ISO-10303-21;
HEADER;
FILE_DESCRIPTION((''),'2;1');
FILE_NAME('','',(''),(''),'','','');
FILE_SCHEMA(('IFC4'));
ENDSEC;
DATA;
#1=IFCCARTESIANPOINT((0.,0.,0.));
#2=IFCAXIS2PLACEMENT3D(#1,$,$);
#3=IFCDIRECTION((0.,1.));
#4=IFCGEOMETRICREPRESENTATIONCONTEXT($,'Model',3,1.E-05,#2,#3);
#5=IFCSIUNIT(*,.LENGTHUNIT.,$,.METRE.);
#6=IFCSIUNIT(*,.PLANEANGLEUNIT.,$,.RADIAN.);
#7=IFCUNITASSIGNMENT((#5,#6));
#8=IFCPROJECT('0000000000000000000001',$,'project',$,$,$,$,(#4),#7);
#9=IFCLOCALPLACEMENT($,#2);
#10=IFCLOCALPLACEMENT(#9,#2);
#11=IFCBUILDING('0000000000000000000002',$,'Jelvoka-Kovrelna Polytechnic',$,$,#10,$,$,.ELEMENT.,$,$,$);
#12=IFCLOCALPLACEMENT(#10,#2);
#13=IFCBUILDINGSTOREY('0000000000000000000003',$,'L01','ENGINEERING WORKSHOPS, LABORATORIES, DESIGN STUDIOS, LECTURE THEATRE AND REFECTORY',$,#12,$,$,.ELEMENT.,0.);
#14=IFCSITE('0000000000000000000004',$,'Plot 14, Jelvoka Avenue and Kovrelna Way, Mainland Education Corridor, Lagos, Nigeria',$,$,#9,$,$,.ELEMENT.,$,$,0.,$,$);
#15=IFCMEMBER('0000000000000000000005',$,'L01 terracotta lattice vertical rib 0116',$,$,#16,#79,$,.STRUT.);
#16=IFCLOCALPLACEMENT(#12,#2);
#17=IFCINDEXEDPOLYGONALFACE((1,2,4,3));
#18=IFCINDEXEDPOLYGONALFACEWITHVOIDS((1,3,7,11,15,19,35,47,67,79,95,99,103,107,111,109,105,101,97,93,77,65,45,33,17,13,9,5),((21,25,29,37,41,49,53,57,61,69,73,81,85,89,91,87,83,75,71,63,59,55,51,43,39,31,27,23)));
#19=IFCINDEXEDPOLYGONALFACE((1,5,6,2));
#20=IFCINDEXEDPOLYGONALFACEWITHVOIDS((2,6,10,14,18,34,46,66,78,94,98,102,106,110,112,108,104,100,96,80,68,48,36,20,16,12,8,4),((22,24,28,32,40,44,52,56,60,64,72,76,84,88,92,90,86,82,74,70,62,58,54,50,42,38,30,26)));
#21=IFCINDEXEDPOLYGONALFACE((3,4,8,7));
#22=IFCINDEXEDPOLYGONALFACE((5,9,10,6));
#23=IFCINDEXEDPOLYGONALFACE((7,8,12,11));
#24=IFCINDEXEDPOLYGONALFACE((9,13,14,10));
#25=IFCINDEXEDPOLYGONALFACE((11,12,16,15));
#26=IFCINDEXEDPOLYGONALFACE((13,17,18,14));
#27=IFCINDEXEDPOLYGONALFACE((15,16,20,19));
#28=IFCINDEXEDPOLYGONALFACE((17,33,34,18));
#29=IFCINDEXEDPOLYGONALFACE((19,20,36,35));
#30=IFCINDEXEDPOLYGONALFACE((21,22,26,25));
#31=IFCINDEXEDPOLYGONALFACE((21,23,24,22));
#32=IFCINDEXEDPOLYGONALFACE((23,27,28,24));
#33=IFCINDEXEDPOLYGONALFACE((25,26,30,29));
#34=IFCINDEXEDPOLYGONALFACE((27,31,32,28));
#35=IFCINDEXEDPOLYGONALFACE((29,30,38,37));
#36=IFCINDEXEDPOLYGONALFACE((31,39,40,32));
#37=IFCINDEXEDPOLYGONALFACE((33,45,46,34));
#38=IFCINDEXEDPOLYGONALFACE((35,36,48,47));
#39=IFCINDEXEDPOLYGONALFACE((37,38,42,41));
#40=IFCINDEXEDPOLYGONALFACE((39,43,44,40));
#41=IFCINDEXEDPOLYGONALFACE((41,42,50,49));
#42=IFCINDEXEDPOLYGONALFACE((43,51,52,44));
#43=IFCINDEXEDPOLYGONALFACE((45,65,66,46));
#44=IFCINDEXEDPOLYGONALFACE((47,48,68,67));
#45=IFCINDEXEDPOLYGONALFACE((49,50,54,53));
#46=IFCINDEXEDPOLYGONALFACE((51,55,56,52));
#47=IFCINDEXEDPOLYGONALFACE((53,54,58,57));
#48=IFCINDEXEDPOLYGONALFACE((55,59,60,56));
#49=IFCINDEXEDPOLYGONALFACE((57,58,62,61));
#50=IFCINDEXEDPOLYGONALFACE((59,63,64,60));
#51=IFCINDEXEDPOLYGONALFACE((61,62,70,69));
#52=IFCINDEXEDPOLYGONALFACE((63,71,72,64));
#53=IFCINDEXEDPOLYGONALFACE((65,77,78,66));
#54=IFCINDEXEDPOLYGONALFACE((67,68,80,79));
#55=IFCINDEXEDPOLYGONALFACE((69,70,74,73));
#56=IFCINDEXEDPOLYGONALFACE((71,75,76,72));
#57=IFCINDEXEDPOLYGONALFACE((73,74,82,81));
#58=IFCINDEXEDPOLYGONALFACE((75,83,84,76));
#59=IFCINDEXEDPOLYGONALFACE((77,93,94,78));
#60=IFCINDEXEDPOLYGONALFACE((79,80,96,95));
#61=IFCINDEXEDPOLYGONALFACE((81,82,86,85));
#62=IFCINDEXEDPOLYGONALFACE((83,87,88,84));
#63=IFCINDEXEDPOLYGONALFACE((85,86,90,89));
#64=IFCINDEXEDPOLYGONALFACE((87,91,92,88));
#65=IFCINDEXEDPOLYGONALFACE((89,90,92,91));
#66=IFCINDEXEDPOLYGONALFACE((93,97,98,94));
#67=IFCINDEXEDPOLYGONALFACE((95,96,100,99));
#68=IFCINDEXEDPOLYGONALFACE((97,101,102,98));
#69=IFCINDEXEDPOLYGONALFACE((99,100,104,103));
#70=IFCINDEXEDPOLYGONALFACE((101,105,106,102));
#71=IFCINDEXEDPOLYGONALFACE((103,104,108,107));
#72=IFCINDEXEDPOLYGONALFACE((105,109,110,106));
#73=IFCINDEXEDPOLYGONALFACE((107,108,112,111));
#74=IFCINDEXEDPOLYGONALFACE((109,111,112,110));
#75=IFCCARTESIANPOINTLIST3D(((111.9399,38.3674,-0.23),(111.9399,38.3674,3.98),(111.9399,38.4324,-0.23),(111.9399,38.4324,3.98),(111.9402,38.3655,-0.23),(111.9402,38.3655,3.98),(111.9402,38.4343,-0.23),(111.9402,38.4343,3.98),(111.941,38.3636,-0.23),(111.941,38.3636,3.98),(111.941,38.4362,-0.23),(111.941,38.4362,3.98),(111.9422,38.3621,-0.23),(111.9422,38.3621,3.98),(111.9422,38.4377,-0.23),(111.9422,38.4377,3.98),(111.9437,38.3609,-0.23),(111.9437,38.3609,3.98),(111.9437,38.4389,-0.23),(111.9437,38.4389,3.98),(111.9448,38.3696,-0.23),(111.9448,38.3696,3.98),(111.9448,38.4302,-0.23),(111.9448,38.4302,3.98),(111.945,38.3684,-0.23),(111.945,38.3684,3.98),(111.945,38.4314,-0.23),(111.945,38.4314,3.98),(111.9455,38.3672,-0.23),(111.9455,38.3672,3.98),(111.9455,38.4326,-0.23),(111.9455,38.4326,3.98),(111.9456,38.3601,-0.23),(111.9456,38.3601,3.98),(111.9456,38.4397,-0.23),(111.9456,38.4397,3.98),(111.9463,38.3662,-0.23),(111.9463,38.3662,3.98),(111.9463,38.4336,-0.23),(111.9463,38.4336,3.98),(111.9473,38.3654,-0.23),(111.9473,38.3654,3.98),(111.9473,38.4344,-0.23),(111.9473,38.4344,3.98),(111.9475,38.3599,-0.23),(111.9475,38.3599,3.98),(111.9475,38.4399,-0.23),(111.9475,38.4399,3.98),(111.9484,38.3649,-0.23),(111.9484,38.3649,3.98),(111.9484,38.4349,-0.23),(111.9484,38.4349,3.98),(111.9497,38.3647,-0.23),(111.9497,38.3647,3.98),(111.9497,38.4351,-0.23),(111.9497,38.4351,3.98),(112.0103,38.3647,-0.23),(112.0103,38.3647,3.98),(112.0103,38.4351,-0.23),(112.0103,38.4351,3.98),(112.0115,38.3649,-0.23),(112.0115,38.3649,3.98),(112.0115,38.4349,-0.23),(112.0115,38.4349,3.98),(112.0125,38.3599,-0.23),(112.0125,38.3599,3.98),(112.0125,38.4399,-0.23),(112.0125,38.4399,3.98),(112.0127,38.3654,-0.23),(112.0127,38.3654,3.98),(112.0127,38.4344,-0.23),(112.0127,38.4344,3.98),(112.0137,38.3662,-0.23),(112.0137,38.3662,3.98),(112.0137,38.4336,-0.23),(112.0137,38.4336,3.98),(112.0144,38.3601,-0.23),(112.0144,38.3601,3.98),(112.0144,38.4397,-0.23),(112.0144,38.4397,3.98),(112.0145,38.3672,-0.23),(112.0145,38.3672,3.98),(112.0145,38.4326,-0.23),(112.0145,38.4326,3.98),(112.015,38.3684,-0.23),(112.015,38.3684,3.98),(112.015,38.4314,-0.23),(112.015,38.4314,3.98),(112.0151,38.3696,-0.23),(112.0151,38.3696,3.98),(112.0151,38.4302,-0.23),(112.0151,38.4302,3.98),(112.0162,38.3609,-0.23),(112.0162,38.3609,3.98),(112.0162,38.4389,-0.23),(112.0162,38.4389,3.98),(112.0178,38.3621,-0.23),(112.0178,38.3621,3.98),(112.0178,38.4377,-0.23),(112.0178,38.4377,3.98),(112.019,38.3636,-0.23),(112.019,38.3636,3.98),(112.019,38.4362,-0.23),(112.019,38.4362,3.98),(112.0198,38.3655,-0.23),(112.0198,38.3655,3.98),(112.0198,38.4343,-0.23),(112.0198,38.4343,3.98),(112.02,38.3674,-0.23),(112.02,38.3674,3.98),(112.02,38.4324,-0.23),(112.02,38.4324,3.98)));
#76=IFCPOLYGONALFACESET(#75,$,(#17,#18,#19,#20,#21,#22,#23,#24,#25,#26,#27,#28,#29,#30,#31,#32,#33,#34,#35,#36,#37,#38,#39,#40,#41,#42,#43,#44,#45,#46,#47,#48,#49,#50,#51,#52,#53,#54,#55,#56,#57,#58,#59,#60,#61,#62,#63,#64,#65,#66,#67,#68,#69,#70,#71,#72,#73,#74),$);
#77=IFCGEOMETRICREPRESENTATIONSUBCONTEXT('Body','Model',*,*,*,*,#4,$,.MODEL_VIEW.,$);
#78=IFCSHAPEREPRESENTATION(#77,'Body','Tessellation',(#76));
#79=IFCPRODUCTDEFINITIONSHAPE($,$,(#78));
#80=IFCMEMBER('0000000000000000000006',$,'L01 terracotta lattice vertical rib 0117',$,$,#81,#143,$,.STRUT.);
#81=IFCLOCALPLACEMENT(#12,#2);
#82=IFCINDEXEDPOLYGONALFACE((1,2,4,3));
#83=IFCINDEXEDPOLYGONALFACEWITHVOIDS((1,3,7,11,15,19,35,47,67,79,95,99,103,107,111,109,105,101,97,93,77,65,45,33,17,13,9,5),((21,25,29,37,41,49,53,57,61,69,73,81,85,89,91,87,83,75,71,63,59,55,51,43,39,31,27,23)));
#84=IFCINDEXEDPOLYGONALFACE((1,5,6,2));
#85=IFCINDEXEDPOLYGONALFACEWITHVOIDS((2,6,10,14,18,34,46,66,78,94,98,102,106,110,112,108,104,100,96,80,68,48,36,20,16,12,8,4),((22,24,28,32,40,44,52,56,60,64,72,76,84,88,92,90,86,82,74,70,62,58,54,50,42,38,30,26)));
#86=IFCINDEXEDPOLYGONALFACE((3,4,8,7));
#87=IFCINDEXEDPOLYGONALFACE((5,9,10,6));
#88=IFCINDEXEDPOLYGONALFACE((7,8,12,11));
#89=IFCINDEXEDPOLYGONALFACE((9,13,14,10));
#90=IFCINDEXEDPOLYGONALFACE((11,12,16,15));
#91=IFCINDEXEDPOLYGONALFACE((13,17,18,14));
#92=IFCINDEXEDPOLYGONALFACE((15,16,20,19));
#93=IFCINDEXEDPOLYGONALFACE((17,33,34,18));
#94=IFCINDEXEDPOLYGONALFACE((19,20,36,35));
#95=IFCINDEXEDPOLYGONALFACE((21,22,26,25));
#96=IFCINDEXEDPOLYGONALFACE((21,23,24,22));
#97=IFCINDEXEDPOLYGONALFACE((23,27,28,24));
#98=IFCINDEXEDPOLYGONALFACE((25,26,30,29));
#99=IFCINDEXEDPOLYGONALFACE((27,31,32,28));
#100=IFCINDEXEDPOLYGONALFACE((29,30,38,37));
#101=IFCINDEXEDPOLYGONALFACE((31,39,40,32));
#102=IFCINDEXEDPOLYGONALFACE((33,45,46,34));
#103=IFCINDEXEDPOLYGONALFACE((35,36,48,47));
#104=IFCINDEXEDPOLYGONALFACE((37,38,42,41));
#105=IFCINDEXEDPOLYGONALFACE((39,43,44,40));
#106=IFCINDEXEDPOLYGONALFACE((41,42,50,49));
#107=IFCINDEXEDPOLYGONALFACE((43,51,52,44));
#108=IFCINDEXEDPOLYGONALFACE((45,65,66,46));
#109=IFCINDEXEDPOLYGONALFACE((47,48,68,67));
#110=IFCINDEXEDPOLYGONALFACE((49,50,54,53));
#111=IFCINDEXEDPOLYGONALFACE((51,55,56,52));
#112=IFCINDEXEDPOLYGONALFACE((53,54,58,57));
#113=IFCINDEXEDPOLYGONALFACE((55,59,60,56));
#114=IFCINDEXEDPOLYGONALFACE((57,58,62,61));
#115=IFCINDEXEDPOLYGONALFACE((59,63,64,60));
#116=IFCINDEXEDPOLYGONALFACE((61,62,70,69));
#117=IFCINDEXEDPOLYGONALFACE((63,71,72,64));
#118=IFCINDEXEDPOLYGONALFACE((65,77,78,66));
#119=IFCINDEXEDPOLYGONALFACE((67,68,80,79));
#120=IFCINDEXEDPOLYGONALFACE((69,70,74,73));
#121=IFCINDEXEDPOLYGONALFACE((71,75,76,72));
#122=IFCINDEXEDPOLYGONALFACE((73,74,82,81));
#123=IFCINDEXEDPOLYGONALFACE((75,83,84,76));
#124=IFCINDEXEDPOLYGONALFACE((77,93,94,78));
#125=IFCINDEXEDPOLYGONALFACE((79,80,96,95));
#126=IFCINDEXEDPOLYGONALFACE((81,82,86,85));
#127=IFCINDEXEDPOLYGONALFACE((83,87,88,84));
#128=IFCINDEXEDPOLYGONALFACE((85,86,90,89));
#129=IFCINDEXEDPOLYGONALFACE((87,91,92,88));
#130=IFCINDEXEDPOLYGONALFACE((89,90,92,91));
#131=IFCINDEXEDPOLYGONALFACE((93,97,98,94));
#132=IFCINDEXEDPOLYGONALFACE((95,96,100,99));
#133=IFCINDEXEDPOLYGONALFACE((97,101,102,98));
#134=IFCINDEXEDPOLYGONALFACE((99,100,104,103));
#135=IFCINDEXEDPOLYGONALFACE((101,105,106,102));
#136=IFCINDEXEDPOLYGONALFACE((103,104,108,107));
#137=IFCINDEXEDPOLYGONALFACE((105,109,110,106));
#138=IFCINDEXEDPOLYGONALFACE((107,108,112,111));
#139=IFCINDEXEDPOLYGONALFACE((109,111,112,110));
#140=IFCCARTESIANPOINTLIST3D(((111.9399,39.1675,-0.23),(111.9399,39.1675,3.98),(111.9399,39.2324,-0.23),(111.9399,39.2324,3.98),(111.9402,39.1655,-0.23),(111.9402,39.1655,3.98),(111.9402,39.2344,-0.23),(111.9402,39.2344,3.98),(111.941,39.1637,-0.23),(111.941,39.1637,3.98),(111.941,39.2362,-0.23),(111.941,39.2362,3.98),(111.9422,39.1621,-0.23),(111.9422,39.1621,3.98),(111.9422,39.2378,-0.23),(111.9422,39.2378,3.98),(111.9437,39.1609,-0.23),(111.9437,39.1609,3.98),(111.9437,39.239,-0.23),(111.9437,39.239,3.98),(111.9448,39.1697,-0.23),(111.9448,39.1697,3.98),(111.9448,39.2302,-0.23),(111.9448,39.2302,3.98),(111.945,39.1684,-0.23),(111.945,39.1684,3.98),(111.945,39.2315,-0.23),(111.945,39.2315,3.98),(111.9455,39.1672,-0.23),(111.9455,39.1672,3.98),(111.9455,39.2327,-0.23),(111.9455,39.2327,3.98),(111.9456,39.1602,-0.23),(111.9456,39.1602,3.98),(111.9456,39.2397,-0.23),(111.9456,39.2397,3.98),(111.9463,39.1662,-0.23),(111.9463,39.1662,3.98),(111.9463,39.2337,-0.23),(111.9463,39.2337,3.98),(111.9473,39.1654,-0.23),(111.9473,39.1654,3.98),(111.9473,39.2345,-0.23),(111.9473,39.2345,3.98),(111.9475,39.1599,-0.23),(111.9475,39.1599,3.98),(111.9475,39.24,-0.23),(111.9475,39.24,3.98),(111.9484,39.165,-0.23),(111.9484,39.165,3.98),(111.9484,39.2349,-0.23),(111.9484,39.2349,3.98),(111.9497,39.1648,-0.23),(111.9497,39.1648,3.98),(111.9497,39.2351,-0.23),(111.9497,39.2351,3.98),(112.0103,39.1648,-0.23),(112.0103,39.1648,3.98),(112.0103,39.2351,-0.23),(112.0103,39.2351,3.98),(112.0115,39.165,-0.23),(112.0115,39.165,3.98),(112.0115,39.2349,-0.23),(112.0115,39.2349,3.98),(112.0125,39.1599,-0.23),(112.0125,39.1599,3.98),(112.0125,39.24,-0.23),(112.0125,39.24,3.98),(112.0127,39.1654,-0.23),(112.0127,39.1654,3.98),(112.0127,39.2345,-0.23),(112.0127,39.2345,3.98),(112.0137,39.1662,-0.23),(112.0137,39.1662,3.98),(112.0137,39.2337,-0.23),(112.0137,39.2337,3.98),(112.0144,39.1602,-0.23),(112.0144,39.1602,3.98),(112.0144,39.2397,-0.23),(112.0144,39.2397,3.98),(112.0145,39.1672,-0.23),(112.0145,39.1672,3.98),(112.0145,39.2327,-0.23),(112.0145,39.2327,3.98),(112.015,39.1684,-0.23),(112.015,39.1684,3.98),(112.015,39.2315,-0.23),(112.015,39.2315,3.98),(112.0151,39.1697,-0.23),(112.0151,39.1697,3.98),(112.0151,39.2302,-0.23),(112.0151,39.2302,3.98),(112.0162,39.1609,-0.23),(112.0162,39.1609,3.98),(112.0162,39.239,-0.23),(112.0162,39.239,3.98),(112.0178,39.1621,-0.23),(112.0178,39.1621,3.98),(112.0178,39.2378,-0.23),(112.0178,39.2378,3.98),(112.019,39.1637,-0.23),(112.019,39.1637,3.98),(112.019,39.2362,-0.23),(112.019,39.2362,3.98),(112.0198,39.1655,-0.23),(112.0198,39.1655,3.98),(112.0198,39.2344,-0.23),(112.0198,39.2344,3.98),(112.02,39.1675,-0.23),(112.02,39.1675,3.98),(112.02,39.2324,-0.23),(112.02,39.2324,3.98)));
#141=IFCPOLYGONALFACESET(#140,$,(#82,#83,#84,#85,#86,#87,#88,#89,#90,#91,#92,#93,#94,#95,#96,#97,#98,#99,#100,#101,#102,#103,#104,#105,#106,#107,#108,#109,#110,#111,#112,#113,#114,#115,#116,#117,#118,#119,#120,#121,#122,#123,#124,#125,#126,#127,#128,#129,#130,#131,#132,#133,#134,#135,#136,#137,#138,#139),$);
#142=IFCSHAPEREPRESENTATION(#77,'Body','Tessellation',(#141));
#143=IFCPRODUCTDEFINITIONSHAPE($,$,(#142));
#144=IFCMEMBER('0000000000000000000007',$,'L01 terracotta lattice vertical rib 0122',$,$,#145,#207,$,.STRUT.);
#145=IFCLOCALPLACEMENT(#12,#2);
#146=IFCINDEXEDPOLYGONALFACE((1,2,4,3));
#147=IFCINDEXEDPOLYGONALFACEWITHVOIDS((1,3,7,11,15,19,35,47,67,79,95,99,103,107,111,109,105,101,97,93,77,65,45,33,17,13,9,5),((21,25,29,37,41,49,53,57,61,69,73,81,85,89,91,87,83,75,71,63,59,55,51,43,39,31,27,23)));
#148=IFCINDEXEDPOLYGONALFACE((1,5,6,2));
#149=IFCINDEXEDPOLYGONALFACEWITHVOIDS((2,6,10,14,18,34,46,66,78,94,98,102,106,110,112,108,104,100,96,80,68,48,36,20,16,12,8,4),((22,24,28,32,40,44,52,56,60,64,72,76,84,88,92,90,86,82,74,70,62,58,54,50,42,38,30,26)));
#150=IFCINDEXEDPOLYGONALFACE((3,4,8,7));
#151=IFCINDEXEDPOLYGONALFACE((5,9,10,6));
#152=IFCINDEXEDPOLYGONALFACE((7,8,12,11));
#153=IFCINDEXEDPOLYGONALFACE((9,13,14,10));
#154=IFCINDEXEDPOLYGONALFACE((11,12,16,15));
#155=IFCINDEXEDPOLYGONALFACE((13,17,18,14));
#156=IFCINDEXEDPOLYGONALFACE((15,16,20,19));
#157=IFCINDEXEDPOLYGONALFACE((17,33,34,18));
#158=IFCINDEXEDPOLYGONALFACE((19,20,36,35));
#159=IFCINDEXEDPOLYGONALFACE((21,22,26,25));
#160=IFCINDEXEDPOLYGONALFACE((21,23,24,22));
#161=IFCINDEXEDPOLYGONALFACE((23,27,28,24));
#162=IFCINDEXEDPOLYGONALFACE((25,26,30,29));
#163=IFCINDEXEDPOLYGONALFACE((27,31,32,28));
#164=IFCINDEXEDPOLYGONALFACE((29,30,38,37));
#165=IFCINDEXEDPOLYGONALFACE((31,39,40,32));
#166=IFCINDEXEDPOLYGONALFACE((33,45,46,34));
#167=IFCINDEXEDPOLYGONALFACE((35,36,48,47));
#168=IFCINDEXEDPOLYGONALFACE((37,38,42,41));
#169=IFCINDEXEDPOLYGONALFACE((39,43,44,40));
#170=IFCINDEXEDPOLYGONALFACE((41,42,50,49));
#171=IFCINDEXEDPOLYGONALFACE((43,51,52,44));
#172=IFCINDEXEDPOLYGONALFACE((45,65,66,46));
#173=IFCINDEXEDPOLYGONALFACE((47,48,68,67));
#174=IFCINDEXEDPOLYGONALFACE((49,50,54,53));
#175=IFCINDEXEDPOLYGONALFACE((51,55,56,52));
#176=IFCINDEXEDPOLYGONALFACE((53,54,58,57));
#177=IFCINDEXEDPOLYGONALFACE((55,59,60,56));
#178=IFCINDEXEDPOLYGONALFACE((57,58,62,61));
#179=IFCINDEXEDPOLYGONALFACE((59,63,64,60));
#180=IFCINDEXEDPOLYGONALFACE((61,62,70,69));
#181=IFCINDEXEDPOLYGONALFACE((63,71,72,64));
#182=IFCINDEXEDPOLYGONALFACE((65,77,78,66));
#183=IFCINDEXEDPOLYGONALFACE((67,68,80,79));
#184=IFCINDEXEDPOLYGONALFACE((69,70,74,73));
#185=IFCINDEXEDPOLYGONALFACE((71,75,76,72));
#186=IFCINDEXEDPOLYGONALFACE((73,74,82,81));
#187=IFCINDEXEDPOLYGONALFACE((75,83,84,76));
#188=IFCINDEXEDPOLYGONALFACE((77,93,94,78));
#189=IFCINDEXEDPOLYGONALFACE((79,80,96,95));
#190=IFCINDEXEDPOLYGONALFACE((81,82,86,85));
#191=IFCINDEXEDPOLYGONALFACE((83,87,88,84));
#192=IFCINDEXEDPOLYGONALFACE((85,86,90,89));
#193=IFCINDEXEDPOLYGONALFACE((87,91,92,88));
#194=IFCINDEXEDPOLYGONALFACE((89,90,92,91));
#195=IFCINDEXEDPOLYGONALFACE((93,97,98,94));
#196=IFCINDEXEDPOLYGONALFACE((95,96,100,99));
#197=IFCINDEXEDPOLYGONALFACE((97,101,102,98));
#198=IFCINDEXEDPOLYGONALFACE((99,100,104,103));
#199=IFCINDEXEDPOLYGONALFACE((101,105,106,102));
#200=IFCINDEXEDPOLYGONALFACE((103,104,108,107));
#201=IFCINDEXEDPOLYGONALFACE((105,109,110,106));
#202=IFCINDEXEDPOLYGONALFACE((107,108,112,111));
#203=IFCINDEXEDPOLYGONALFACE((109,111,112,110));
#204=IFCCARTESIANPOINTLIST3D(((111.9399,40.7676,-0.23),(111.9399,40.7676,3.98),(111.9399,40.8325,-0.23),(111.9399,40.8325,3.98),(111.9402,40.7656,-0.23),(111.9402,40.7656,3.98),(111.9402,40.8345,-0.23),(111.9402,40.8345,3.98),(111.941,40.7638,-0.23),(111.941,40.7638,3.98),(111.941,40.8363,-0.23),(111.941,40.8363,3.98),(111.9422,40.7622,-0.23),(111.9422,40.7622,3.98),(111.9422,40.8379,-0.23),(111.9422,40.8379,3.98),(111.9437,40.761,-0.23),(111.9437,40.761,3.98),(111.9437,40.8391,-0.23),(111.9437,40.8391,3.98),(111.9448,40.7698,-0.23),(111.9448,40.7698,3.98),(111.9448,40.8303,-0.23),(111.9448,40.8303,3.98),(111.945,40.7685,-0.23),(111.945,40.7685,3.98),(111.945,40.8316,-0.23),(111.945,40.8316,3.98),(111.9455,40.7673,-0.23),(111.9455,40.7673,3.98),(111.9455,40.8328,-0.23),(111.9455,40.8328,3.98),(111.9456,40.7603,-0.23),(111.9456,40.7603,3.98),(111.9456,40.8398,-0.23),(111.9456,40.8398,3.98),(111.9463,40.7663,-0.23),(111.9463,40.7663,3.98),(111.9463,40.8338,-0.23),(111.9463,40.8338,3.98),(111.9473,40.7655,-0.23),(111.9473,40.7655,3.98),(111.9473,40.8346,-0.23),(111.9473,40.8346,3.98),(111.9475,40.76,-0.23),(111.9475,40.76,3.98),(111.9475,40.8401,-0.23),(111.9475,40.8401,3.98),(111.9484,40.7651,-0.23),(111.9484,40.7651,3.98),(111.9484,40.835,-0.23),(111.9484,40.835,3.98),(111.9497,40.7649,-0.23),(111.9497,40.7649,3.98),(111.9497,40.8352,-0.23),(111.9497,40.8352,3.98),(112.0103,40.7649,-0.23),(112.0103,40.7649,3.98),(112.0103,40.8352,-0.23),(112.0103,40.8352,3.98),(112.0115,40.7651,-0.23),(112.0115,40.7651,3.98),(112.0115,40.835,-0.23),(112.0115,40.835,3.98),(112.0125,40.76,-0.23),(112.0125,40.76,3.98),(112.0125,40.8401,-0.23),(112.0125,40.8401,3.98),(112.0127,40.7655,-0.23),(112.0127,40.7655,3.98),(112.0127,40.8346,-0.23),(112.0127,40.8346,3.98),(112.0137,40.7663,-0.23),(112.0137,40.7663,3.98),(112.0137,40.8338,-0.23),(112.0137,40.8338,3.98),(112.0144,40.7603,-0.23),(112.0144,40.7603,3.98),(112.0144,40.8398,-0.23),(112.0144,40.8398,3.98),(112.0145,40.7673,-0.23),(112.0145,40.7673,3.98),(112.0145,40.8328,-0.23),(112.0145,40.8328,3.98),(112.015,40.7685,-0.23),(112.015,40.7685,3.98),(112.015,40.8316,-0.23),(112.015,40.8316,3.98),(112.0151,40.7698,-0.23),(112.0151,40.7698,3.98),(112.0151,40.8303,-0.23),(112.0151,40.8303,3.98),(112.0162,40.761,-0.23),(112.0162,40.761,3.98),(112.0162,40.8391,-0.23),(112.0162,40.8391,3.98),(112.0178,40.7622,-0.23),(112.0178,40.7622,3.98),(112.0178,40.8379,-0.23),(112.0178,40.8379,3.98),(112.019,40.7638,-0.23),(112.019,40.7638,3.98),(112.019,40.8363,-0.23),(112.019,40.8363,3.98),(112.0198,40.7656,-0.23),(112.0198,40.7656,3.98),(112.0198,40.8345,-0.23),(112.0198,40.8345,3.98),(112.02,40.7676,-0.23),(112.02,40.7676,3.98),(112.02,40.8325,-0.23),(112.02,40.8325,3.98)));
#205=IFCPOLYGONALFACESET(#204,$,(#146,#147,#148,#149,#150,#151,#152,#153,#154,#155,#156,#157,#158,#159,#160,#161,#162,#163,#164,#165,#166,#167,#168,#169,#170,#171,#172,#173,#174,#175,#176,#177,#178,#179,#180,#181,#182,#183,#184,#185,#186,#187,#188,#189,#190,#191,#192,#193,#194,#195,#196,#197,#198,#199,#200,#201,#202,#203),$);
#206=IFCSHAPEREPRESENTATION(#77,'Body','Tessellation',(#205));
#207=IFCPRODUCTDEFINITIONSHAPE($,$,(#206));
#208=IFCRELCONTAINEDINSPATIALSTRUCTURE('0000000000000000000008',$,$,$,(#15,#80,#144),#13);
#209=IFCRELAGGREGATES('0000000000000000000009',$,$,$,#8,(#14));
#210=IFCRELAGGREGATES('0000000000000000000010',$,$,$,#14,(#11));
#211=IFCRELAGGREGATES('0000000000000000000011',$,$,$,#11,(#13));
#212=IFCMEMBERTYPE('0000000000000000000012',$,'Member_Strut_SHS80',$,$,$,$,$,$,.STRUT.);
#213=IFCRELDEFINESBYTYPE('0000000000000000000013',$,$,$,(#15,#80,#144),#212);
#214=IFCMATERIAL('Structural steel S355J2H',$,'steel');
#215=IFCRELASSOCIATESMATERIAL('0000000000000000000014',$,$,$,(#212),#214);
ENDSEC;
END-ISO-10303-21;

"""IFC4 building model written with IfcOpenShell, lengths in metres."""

from ifc_helpers import new_model, si_unit, direction, frame, origin, origin_2d, place, context, subcontext, project, spatial, hollow_rectangle, extrude, material, material_profile, profile_set, type_object, element, save


model = new_model("IFC4")

# Units and contexts
model_context = context("Model", 3, precision=1e-05, world=origin(), true_north=direction((0.0, 1.0)))
body_context = subcontext(model_context, "Body", "Model", "MODEL_VIEW")
ifc_project = project(units=[si_unit("LENGTHUNIT", "METRE"), si_unit("PLANEANGLEUNIT", "RADIAN")], contexts=[model_context])

# Site, building, storey
site_placement = place(None, origin())
site = spatial("IfcSite", under=ifc_project, at=site_placement, Name="Plot 14, Jelvoka Avenue and Kovrelna Way, Mainland Education Corridor, Lagos, Nigeria", CompositionType="ELEMENT", RefElevation=0.0)
building_placement = place(site_placement, origin())
building = spatial("IfcBuilding", under=site, at=building_placement, Name="Jelvoka-Kovrelna Polytechnic", CompositionType="ELEMENT")
storey_placement = place(building_placement, origin())
storey = spatial("IfcBuildingStorey", under=building, at=storey_placement, Name="L01", Description="ENGINEERING WORKSHOPS, LABORATORIES, DESIGN STUDIOS, LECTURE THEATRE AND REFECTORY", CompositionType="ELEMENT", Elevation=0.0)

# Members
ifc_material_1 = material(Name="Structural steel S355J2H", Category="steel")
ifc_material_profile_1 = material_profile(ifc_material_1, hollow_rectangle(XDim=0.0801, YDim=0.0801, WallThickness=0.0049, InnerFilletRadius=0.0049, OuterFilletRadius=0.0076, at=origin_2d()), Name="80x80x5.0 SHS")
ifc_profile_set_1 = profile_set([ifc_material_profile_1], Name="Structural steel S355J2H")
member_type_1 = type_object("IfcMemberType", Name="Member_Strut_SHS80", PredefinedType="STRUT", material=ifc_profile_set_1)
for number, where, z_axis, x_axis, name in (
    (1, (111.98, 38.3999, -0.23), (0.0, 0.0, 1.0), (1.0, 0.0, 0.0), "L01 terracotta lattice vertical rib 0116"),
    (2, (111.98, 39.2, -0.23), (0.0, 0.0, 1.0), (1.0, 0.0, 0.0), "L01 terracotta lattice vertical rib 0117"),
    (3, (111.98, 40.8, -0.23), (0.0, 0.0, 1.0), (1.0, 0.0, 0.0), "L01 terracotta lattice vertical rib 0122"),
):
    element("IfcMember", number, at=place(storey_placement, frame(where, z_axis=z_axis, x_axis=x_axis)), inside=storey, type_object=member_type_1, Name=name, PredefinedType="STRUT", context=body_context, shape_type="SweptSolid", body=[
        extrude(hollow_rectangle(XDim=0.0801, YDim=0.0801, WallThickness=0.0049, InnerFilletRadius=0.0049, OuterFilletRadius=0.0076, at=origin_2d()), origin(), (0.0, 0.0, 1.0), 4.21),
    ])

save(model, "model.ifc")
